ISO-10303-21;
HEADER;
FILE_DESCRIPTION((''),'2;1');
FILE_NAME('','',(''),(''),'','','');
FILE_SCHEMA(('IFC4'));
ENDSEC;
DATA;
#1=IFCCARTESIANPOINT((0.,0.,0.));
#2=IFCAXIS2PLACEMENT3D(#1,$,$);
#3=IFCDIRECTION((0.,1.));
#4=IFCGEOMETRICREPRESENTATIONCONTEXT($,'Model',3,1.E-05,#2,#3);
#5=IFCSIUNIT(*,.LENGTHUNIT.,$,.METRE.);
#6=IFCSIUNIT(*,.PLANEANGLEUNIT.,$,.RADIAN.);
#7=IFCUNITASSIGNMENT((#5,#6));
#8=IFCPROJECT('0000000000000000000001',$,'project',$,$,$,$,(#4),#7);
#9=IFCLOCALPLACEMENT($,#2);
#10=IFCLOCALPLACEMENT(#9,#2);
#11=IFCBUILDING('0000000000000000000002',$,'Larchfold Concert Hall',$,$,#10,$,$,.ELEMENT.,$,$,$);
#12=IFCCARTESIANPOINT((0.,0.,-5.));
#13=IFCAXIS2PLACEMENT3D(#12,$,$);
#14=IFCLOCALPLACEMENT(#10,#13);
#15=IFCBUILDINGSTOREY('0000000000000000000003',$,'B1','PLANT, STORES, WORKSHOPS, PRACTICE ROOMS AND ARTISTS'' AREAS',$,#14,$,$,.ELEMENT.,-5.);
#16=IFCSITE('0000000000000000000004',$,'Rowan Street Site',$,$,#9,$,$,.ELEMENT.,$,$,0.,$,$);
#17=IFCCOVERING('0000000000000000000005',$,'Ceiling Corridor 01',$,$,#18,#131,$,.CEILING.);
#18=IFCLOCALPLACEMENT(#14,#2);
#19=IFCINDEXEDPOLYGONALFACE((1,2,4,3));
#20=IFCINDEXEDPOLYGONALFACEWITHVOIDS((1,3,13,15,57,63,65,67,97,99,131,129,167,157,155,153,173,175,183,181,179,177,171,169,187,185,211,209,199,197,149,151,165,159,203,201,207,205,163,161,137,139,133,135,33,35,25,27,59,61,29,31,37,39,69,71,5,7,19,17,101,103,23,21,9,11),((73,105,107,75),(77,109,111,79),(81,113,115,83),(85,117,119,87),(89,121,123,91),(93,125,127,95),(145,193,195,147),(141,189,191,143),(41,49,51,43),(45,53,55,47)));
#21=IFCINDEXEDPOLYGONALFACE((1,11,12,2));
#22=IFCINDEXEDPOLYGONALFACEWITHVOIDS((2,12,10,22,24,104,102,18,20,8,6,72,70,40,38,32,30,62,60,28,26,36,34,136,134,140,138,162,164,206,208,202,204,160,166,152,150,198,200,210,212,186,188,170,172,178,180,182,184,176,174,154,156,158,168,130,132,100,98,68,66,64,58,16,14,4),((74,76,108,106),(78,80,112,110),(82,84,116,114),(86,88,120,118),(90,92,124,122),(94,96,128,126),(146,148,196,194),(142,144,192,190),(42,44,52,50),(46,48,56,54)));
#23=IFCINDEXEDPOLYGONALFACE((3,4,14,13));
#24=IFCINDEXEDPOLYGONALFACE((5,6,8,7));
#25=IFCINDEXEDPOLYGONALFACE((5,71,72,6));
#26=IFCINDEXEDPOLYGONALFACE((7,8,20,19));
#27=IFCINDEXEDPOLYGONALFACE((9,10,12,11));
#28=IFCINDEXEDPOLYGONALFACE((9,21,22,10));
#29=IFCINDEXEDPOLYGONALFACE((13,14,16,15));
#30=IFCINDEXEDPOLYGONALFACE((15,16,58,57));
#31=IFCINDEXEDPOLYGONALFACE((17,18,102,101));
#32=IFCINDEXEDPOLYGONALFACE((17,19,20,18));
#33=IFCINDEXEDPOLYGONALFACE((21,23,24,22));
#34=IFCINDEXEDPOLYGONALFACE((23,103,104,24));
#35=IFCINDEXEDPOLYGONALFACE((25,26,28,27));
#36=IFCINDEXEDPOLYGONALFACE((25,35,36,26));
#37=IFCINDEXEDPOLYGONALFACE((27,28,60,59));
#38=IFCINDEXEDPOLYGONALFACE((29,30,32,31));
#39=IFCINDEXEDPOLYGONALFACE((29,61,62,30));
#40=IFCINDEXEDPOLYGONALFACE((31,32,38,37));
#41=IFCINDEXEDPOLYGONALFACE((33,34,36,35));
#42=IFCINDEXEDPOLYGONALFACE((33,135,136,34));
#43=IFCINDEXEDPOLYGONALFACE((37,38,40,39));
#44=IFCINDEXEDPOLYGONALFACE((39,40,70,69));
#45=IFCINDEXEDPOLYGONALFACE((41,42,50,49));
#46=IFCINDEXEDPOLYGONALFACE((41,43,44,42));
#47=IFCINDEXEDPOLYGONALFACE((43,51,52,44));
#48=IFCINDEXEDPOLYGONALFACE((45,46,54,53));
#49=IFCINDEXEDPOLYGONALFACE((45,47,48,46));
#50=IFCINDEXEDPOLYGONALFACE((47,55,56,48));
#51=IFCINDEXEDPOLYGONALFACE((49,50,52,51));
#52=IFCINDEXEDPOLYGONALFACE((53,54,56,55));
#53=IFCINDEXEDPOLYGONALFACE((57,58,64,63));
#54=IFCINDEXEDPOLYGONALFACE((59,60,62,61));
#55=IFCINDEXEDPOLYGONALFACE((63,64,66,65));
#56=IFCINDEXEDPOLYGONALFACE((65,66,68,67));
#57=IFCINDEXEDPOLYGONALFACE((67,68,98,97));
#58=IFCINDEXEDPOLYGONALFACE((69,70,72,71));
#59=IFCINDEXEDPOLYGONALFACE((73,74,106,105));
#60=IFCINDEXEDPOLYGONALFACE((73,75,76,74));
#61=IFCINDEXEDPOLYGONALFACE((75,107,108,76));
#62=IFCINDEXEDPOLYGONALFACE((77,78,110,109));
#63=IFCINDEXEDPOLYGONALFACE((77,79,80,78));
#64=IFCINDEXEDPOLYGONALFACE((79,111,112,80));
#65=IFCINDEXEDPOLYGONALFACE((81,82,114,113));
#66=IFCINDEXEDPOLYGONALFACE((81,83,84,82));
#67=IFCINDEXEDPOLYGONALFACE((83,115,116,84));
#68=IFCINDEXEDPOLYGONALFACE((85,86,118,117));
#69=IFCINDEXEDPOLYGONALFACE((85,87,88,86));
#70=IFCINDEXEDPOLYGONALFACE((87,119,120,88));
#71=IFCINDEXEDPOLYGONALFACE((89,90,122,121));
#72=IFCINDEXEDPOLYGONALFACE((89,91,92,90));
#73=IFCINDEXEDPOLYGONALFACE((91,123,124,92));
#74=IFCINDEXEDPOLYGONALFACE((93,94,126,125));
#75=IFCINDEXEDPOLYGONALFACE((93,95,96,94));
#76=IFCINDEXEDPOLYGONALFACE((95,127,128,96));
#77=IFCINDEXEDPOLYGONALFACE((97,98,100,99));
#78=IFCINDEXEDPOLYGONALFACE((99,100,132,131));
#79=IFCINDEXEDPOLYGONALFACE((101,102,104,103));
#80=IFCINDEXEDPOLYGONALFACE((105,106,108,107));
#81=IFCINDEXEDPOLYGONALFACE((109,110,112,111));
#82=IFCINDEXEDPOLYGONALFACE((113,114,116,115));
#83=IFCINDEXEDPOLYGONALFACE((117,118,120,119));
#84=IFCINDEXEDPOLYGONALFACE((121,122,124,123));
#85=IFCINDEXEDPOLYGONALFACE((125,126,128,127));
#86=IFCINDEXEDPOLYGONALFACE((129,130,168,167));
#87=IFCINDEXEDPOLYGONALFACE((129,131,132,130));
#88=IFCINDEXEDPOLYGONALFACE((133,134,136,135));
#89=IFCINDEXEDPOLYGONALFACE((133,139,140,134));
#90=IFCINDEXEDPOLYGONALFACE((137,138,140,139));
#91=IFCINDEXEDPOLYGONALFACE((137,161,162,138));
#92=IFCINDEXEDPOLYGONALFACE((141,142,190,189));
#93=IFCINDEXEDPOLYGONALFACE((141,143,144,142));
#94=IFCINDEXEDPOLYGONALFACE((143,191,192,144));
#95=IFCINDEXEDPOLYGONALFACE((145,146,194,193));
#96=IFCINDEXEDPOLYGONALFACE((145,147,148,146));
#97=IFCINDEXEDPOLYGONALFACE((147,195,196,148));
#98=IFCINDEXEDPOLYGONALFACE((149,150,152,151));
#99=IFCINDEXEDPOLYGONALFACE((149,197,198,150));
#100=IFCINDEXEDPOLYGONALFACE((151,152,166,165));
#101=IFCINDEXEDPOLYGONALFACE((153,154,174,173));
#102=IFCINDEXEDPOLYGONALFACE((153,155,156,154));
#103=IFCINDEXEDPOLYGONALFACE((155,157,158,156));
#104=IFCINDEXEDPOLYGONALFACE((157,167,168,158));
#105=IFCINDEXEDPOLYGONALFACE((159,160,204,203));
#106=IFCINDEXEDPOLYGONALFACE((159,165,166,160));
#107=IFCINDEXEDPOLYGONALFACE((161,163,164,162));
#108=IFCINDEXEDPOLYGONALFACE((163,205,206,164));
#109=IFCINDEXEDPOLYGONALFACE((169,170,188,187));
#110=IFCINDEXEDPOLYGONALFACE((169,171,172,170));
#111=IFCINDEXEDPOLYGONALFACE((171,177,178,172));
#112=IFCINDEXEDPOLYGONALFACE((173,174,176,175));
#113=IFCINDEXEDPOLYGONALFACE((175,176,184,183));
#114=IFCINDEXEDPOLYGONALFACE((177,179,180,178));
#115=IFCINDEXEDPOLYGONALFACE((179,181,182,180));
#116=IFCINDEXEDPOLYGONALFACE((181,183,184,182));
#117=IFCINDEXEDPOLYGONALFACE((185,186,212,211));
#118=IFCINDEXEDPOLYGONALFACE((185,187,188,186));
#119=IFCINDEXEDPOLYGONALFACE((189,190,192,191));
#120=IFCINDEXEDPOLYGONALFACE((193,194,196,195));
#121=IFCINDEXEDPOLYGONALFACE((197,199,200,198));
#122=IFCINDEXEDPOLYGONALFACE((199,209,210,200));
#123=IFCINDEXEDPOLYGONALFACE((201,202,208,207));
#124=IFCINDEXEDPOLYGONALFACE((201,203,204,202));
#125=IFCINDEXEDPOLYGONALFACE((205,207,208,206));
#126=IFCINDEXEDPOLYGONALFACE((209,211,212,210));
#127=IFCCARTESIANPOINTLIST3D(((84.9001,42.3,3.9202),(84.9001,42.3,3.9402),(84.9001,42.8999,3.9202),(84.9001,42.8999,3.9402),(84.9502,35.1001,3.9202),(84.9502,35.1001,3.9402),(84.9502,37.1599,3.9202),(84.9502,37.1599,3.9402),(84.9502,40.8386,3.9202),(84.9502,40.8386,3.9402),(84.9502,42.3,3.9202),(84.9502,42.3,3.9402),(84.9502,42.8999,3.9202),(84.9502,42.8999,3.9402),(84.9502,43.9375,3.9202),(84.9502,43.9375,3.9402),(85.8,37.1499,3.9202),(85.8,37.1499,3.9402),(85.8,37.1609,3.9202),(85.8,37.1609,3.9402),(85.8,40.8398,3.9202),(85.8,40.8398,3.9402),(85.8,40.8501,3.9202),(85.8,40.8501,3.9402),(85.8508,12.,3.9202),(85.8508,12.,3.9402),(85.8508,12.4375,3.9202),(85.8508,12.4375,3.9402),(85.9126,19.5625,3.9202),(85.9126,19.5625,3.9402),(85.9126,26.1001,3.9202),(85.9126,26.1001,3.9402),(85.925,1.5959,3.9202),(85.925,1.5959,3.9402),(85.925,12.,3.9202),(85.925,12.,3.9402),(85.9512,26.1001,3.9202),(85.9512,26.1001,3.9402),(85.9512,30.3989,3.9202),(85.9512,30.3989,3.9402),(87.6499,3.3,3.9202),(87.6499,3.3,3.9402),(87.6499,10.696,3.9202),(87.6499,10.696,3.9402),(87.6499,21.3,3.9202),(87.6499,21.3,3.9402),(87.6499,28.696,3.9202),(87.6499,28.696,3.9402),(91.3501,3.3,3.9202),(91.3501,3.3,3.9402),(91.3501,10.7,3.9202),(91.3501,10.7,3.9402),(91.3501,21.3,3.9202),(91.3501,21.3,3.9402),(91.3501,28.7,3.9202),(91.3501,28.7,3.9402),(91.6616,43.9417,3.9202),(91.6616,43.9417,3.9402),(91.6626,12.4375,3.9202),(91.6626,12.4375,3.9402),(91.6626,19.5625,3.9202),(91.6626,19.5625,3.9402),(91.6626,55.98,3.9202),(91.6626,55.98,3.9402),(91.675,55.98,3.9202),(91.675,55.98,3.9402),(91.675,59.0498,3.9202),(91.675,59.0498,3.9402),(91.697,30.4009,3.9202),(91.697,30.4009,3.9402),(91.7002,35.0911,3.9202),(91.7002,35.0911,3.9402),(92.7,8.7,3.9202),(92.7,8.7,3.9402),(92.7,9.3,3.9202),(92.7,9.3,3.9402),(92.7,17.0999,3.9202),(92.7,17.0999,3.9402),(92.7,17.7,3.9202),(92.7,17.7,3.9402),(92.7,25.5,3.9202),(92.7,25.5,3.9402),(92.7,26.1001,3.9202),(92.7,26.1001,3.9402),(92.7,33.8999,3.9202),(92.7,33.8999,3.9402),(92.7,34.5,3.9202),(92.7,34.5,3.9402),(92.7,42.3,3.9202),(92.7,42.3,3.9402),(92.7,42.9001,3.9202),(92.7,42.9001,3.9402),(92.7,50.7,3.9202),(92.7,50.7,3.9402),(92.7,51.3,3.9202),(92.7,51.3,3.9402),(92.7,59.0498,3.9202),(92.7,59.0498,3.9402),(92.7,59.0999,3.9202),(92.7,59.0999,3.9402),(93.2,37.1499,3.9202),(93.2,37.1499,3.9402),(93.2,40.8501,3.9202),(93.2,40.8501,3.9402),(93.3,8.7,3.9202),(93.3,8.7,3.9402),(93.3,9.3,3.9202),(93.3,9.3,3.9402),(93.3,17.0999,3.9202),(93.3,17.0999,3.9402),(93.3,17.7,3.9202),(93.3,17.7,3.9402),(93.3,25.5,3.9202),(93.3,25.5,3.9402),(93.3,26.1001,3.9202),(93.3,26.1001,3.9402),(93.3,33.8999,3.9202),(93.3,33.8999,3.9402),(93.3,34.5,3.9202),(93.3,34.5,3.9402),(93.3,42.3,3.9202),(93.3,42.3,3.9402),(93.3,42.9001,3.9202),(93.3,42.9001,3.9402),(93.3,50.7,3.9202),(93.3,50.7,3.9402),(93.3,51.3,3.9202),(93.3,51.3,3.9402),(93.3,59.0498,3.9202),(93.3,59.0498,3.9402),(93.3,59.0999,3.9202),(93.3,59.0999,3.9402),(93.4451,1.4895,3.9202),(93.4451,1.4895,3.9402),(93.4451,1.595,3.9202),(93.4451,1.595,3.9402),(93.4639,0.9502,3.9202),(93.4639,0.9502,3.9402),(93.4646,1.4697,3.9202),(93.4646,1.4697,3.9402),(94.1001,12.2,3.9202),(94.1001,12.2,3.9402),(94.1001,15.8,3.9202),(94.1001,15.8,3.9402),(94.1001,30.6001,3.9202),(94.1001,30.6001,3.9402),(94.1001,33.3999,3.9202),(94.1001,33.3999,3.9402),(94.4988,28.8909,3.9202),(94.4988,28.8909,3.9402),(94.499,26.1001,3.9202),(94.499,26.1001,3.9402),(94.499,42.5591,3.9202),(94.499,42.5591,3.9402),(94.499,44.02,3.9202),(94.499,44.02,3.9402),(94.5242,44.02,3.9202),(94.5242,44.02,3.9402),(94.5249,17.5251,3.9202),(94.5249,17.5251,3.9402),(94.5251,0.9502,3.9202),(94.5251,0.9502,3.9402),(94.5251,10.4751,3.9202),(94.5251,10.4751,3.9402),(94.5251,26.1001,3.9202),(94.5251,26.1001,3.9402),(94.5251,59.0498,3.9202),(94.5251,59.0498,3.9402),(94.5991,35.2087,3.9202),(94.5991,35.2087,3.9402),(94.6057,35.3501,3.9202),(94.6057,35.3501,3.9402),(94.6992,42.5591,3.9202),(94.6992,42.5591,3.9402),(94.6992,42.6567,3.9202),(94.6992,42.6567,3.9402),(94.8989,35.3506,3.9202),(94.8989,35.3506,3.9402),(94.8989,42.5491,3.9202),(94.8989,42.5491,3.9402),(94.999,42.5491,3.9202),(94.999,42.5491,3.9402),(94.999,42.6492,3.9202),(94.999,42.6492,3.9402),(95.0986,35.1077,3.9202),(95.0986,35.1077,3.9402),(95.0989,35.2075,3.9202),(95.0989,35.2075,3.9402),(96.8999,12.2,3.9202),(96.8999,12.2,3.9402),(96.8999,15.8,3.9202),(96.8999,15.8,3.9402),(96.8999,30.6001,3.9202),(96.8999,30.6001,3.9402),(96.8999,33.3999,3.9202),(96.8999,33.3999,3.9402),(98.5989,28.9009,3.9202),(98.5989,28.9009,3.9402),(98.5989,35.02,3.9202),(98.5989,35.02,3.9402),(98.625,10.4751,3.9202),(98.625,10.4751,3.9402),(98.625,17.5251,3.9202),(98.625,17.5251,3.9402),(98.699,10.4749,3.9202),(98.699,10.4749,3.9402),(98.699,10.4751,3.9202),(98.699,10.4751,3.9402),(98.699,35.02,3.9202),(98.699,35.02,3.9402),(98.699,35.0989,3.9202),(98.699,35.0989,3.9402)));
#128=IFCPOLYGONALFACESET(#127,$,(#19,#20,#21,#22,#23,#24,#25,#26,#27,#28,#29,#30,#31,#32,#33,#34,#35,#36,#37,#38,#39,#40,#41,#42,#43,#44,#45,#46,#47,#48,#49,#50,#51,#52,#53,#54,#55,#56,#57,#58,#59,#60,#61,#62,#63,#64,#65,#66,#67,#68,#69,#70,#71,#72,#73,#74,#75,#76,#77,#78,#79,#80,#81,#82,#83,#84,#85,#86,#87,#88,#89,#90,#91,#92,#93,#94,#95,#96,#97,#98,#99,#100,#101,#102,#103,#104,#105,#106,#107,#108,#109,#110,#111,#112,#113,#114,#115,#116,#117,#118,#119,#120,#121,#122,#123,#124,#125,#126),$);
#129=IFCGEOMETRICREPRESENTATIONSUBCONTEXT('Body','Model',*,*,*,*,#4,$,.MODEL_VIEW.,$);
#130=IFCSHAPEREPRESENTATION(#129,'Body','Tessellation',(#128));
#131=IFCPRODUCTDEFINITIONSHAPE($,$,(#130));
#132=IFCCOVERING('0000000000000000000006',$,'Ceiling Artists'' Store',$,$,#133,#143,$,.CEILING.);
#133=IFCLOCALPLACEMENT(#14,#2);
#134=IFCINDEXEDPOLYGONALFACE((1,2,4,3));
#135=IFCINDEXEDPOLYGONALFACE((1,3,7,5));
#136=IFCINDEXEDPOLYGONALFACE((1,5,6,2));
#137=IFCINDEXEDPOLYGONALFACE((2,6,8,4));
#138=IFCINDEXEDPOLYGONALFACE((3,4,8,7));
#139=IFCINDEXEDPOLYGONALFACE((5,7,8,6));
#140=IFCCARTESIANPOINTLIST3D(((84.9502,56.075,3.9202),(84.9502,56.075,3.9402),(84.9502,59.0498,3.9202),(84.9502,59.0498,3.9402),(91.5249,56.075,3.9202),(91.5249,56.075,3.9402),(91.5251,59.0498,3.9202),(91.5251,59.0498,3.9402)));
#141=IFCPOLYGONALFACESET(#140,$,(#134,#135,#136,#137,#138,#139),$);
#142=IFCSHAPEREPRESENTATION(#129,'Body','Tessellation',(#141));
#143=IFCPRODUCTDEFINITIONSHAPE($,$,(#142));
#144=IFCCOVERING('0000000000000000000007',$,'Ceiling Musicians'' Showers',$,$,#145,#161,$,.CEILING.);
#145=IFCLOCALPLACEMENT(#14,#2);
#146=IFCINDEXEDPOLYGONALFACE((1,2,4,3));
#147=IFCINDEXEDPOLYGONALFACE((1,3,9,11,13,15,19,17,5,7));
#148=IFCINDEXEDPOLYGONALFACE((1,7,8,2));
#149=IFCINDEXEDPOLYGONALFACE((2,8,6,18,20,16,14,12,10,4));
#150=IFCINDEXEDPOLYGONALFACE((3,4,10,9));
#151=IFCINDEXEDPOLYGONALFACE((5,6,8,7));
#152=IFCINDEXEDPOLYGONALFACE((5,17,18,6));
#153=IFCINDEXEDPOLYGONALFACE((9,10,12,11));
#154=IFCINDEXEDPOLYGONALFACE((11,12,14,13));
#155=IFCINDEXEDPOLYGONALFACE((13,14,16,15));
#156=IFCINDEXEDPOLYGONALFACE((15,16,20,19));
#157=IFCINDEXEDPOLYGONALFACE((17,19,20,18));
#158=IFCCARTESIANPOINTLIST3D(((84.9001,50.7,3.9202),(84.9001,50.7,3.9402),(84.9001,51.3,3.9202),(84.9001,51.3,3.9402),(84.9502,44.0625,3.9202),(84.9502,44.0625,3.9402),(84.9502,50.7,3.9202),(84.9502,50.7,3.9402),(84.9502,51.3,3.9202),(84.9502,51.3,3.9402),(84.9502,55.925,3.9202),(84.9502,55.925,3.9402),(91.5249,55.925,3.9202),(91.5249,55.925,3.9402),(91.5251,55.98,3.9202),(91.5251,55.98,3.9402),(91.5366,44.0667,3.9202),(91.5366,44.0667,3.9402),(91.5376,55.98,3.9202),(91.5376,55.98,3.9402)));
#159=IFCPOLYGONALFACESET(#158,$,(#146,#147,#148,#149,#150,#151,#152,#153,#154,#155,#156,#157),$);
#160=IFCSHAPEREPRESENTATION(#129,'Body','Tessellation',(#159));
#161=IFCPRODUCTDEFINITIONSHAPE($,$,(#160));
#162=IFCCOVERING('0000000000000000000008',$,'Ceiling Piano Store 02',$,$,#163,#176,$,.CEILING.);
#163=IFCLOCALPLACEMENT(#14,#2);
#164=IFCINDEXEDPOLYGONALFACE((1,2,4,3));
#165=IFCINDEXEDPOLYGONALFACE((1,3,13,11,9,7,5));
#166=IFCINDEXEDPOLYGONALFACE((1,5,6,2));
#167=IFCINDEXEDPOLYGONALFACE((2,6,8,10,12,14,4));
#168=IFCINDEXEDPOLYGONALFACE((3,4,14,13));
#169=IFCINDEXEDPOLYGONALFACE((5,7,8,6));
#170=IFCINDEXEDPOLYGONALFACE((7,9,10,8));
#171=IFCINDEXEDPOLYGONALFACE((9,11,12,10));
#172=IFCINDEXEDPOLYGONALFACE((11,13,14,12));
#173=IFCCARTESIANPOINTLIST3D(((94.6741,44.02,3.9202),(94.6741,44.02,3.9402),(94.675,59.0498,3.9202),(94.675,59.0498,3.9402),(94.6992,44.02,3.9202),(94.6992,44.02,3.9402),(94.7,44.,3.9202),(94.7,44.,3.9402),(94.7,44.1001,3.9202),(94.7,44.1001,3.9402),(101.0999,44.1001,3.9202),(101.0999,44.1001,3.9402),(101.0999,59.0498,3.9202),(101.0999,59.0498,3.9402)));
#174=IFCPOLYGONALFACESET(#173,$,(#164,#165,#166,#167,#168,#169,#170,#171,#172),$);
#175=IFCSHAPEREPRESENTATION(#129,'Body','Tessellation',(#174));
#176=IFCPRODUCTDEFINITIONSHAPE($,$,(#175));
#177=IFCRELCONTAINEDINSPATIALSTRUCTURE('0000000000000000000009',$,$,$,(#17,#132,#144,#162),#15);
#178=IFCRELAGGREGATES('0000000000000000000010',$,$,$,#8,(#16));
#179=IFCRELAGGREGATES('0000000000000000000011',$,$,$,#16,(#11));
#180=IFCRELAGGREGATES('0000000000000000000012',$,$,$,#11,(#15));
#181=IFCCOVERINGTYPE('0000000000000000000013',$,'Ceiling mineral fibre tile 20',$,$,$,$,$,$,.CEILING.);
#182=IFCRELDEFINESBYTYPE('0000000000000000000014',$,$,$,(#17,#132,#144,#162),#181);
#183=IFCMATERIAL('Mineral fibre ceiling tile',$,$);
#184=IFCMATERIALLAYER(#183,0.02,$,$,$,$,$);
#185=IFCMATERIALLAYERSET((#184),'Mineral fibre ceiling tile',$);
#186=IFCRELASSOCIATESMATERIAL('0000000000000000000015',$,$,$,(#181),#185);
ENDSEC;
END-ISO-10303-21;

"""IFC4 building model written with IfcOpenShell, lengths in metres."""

from ifc_helpers import new_model, si_unit, direction, frame, origin, place, context, subcontext, project, spatial, polyline, outline, extrude, material, layer, layer_set, type_object, element, save


model = new_model("IFC4")

# Units and contexts
model_context = context("Model", 3, precision=1e-05, world=origin(), true_north=direction((0.0, 1.0)))
body_context = subcontext(model_context, "Body", "Model", "MODEL_VIEW")
ifc_project = project(units=[si_unit("LENGTHUNIT", "METRE"), si_unit("PLANEANGLEUNIT", "RADIAN")], contexts=[model_context])

# Site, building, storey
site_placement = place(None, origin())
site = spatial("IfcSite", under=ifc_project, at=site_placement, Name="Rowan Street Site", CompositionType="ELEMENT", RefElevation=0.0)
building_placement = place(site_placement, origin())
building = spatial("IfcBuilding", under=site, at=building_placement, Name="Larchfold Concert Hall", CompositionType="ELEMENT")
storey_placement = place(building_placement, frame((0.0, 0.0, -5.0)))
storey = spatial("IfcBuildingStorey", under=building, at=storey_placement, Name="B1", Description="PLANT, STORES, WORKSHOPS, PRACTICE ROOMS AND ARTISTS' AREAS", CompositionType="ELEMENT", Elevation=-5.0)

# Coverings
ifc_material_1 = material(Name="Mineral fibre ceiling tile")
ifc_layer_1 = layer(ifc_material_1, 0.02)
ifc_layer_set_1 = layer_set([ifc_layer_1], Name="Mineral fibre ceiling tile")
covering_type_1 = type_object("IfcCoveringType", Name="Ceiling mineral fibre tile 20", PredefinedType="CEILING", material=ifc_layer_set_1)
covering_1_placement = place(storey_placement, frame((0.0, 0.0, 3.9202)))
element("IfcCovering", 1, at=covering_1_placement, inside=storey, type_object=covering_type_1, Name="Ceiling Corridor 01", PredefinedType="CEILING", context=body_context, shape_type="SweptSolid", body=[
    extrude(outline(polyline([(85.8, 37.1499), (85.8, 37.1609), (84.9502, 37.1599), (84.9502, 35.1001), (91.7002, 35.0911), (91.697, 30.4009), (85.9512, 30.3989), (85.9512, 26.1001), (85.9126, 26.1001), (85.9126, 19.5625), (91.6626, 19.5625), (91.6626, 12.4375), (85.8508, 12.4375), (85.8508, 12.0), (85.925, 12.0), (85.925, 1.5959), (93.4451, 1.595), (93.4451, 1.4895), (93.4646, 1.4697), (93.4639, 0.9502), (94.5251, 0.9502), (94.5251, 10.4751), (98.699, 10.4749), (98.699, 10.4751), (98.625, 10.4751), (98.625, 17.5251), (94.5249, 17.5251), (94.5251, 26.1001), (94.499, 26.1001), (94.4988, 28.8909), (98.5989, 28.9009), (98.5989, 35.02), (98.699, 35.02), (98.699, 35.0989), (95.0986, 35.1077), (95.0989, 35.2075), (94.5991, 35.2087), (94.6057, 35.3501), (94.8989, 35.3506), (94.8989, 42.5491), (94.999, 42.5491), (94.999, 42.6492), (94.6992, 42.6567), (94.6992, 42.5591), (94.499, 42.5591), (94.499, 44.02), (94.5242, 44.02), (94.5251, 59.0498), (93.3, 59.0498), (93.3, 59.0999), (92.7, 59.0999), (92.7, 59.0498), (91.675, 59.0498), (91.675, 55.98), (91.6626, 55.98), (91.6616, 43.9417), (84.9502, 43.9375), (84.9502, 42.8999), (84.9001, 42.8999), (84.9001, 42.3), (84.9502, 42.3), (84.9502, 40.8386), (85.8, 40.8398), (85.8, 40.8501), (93.2, 40.8501), (93.2, 37.1499), (85.8, 37.1499)]), holes=[polyline([(96.8999, 15.8), (96.8999, 12.2), (94.1001, 12.2), (94.1001, 15.8), (96.8999, 15.8)]), polyline([(96.8999, 33.3999), (96.8999, 30.6001), (94.1001, 30.6001), (94.1001, 33.3999), (96.8999, 33.3999)]), polyline([(92.7, 8.7), (92.7, 9.3), (93.3, 9.3), (93.3, 8.7), (92.7, 8.7)]), polyline([(92.7, 17.0999), (92.7, 17.7), (93.3, 17.7), (93.3, 17.0999), (92.7, 17.0999)]), polyline([(92.7, 25.5), (92.7, 26.1001), (93.3, 26.1001), (93.3, 25.5), (92.7, 25.5)]), polyline([(92.7, 33.8999), (92.7, 34.5), (93.3, 34.5), (93.3, 33.8999), (92.7, 33.8999)]), polyline([(92.7, 42.3), (92.7, 42.9001), (93.3, 42.9001), (93.3, 42.3), (92.7, 42.3)]), polyline([(92.7, 50.7), (92.7, 51.3), (93.3, 51.3), (93.3, 50.7), (92.7, 50.7)]), polyline([(91.3501, 3.3), (87.6499, 3.3), (87.6499, 10.696), (91.3501, 10.7), (91.3501, 3.3)]), polyline([(91.3501, 21.3), (87.6499, 21.3), (87.6499, 28.696), (91.3501, 28.7), (91.3501, 21.3)])]), origin(), (0.0, 0.0, 1.0), 0.02),
])
covering_2_placement = place(storey_placement, frame((0.0, 0.0, 3.9202)))
element("IfcCovering", 2, at=covering_2_placement, inside=storey, type_object=covering_type_1, Name="Ceiling Artists' Store", PredefinedType="CEILING", context=body_context, shape_type="SweptSolid", body=[
    extrude(outline(polyline([(91.5249, 56.0), (91.5251, 59.0498), (84.9502, 59.0498), (84.9502, 56.075), (91.5249, 56.075), (91.5249, 56.0)])), origin(), (0.0, 0.0, 1.0), 0.02),
])
covering_3_placement = place(storey_placement, frame((0.0, 0.0, 3.9202)))
element("IfcCovering", 3, at=covering_3_placement, inside=storey, type_object=covering_type_1, Name="Ceiling Musicians' Showers", PredefinedType="CEILING", context=body_context, shape_type="SweptSolid", body=[
    extrude(outline(polyline([(84.9001, 51.3), (84.9001, 50.7), (84.9502, 50.7), (84.9502, 44.0625), (91.5366, 44.0667), (91.5376, 55.98), (91.5251, 55.98), (91.5251, 56.0), (91.5249, 55.925), (84.9502, 55.925), (84.9502, 51.3), (84.9001, 51.3)])), origin(), (0.0, 0.0, 1.0), 0.02),
])
covering_4_placement = place(storey_placement, frame((0.0, 0.0, 3.9202)))
element("IfcCovering", 4, at=covering_4_placement, inside=storey, type_object=covering_type_1, Name="Ceiling Piano Store 02", PredefinedType="CEILING", context=body_context, shape_type="SweptSolid", body=[
    extrude(outline(polyline([(94.7, 44.0), (94.7, 44.1001), (101.0999, 44.1001), (101.0999, 59.0498), (94.675, 59.0498), (94.6741, 44.02), (94.6992, 44.02), (94.7, 44.0)])), origin(), (0.0, 0.0, 1.0), 0.02),
])

save(model, "model.ifc")
